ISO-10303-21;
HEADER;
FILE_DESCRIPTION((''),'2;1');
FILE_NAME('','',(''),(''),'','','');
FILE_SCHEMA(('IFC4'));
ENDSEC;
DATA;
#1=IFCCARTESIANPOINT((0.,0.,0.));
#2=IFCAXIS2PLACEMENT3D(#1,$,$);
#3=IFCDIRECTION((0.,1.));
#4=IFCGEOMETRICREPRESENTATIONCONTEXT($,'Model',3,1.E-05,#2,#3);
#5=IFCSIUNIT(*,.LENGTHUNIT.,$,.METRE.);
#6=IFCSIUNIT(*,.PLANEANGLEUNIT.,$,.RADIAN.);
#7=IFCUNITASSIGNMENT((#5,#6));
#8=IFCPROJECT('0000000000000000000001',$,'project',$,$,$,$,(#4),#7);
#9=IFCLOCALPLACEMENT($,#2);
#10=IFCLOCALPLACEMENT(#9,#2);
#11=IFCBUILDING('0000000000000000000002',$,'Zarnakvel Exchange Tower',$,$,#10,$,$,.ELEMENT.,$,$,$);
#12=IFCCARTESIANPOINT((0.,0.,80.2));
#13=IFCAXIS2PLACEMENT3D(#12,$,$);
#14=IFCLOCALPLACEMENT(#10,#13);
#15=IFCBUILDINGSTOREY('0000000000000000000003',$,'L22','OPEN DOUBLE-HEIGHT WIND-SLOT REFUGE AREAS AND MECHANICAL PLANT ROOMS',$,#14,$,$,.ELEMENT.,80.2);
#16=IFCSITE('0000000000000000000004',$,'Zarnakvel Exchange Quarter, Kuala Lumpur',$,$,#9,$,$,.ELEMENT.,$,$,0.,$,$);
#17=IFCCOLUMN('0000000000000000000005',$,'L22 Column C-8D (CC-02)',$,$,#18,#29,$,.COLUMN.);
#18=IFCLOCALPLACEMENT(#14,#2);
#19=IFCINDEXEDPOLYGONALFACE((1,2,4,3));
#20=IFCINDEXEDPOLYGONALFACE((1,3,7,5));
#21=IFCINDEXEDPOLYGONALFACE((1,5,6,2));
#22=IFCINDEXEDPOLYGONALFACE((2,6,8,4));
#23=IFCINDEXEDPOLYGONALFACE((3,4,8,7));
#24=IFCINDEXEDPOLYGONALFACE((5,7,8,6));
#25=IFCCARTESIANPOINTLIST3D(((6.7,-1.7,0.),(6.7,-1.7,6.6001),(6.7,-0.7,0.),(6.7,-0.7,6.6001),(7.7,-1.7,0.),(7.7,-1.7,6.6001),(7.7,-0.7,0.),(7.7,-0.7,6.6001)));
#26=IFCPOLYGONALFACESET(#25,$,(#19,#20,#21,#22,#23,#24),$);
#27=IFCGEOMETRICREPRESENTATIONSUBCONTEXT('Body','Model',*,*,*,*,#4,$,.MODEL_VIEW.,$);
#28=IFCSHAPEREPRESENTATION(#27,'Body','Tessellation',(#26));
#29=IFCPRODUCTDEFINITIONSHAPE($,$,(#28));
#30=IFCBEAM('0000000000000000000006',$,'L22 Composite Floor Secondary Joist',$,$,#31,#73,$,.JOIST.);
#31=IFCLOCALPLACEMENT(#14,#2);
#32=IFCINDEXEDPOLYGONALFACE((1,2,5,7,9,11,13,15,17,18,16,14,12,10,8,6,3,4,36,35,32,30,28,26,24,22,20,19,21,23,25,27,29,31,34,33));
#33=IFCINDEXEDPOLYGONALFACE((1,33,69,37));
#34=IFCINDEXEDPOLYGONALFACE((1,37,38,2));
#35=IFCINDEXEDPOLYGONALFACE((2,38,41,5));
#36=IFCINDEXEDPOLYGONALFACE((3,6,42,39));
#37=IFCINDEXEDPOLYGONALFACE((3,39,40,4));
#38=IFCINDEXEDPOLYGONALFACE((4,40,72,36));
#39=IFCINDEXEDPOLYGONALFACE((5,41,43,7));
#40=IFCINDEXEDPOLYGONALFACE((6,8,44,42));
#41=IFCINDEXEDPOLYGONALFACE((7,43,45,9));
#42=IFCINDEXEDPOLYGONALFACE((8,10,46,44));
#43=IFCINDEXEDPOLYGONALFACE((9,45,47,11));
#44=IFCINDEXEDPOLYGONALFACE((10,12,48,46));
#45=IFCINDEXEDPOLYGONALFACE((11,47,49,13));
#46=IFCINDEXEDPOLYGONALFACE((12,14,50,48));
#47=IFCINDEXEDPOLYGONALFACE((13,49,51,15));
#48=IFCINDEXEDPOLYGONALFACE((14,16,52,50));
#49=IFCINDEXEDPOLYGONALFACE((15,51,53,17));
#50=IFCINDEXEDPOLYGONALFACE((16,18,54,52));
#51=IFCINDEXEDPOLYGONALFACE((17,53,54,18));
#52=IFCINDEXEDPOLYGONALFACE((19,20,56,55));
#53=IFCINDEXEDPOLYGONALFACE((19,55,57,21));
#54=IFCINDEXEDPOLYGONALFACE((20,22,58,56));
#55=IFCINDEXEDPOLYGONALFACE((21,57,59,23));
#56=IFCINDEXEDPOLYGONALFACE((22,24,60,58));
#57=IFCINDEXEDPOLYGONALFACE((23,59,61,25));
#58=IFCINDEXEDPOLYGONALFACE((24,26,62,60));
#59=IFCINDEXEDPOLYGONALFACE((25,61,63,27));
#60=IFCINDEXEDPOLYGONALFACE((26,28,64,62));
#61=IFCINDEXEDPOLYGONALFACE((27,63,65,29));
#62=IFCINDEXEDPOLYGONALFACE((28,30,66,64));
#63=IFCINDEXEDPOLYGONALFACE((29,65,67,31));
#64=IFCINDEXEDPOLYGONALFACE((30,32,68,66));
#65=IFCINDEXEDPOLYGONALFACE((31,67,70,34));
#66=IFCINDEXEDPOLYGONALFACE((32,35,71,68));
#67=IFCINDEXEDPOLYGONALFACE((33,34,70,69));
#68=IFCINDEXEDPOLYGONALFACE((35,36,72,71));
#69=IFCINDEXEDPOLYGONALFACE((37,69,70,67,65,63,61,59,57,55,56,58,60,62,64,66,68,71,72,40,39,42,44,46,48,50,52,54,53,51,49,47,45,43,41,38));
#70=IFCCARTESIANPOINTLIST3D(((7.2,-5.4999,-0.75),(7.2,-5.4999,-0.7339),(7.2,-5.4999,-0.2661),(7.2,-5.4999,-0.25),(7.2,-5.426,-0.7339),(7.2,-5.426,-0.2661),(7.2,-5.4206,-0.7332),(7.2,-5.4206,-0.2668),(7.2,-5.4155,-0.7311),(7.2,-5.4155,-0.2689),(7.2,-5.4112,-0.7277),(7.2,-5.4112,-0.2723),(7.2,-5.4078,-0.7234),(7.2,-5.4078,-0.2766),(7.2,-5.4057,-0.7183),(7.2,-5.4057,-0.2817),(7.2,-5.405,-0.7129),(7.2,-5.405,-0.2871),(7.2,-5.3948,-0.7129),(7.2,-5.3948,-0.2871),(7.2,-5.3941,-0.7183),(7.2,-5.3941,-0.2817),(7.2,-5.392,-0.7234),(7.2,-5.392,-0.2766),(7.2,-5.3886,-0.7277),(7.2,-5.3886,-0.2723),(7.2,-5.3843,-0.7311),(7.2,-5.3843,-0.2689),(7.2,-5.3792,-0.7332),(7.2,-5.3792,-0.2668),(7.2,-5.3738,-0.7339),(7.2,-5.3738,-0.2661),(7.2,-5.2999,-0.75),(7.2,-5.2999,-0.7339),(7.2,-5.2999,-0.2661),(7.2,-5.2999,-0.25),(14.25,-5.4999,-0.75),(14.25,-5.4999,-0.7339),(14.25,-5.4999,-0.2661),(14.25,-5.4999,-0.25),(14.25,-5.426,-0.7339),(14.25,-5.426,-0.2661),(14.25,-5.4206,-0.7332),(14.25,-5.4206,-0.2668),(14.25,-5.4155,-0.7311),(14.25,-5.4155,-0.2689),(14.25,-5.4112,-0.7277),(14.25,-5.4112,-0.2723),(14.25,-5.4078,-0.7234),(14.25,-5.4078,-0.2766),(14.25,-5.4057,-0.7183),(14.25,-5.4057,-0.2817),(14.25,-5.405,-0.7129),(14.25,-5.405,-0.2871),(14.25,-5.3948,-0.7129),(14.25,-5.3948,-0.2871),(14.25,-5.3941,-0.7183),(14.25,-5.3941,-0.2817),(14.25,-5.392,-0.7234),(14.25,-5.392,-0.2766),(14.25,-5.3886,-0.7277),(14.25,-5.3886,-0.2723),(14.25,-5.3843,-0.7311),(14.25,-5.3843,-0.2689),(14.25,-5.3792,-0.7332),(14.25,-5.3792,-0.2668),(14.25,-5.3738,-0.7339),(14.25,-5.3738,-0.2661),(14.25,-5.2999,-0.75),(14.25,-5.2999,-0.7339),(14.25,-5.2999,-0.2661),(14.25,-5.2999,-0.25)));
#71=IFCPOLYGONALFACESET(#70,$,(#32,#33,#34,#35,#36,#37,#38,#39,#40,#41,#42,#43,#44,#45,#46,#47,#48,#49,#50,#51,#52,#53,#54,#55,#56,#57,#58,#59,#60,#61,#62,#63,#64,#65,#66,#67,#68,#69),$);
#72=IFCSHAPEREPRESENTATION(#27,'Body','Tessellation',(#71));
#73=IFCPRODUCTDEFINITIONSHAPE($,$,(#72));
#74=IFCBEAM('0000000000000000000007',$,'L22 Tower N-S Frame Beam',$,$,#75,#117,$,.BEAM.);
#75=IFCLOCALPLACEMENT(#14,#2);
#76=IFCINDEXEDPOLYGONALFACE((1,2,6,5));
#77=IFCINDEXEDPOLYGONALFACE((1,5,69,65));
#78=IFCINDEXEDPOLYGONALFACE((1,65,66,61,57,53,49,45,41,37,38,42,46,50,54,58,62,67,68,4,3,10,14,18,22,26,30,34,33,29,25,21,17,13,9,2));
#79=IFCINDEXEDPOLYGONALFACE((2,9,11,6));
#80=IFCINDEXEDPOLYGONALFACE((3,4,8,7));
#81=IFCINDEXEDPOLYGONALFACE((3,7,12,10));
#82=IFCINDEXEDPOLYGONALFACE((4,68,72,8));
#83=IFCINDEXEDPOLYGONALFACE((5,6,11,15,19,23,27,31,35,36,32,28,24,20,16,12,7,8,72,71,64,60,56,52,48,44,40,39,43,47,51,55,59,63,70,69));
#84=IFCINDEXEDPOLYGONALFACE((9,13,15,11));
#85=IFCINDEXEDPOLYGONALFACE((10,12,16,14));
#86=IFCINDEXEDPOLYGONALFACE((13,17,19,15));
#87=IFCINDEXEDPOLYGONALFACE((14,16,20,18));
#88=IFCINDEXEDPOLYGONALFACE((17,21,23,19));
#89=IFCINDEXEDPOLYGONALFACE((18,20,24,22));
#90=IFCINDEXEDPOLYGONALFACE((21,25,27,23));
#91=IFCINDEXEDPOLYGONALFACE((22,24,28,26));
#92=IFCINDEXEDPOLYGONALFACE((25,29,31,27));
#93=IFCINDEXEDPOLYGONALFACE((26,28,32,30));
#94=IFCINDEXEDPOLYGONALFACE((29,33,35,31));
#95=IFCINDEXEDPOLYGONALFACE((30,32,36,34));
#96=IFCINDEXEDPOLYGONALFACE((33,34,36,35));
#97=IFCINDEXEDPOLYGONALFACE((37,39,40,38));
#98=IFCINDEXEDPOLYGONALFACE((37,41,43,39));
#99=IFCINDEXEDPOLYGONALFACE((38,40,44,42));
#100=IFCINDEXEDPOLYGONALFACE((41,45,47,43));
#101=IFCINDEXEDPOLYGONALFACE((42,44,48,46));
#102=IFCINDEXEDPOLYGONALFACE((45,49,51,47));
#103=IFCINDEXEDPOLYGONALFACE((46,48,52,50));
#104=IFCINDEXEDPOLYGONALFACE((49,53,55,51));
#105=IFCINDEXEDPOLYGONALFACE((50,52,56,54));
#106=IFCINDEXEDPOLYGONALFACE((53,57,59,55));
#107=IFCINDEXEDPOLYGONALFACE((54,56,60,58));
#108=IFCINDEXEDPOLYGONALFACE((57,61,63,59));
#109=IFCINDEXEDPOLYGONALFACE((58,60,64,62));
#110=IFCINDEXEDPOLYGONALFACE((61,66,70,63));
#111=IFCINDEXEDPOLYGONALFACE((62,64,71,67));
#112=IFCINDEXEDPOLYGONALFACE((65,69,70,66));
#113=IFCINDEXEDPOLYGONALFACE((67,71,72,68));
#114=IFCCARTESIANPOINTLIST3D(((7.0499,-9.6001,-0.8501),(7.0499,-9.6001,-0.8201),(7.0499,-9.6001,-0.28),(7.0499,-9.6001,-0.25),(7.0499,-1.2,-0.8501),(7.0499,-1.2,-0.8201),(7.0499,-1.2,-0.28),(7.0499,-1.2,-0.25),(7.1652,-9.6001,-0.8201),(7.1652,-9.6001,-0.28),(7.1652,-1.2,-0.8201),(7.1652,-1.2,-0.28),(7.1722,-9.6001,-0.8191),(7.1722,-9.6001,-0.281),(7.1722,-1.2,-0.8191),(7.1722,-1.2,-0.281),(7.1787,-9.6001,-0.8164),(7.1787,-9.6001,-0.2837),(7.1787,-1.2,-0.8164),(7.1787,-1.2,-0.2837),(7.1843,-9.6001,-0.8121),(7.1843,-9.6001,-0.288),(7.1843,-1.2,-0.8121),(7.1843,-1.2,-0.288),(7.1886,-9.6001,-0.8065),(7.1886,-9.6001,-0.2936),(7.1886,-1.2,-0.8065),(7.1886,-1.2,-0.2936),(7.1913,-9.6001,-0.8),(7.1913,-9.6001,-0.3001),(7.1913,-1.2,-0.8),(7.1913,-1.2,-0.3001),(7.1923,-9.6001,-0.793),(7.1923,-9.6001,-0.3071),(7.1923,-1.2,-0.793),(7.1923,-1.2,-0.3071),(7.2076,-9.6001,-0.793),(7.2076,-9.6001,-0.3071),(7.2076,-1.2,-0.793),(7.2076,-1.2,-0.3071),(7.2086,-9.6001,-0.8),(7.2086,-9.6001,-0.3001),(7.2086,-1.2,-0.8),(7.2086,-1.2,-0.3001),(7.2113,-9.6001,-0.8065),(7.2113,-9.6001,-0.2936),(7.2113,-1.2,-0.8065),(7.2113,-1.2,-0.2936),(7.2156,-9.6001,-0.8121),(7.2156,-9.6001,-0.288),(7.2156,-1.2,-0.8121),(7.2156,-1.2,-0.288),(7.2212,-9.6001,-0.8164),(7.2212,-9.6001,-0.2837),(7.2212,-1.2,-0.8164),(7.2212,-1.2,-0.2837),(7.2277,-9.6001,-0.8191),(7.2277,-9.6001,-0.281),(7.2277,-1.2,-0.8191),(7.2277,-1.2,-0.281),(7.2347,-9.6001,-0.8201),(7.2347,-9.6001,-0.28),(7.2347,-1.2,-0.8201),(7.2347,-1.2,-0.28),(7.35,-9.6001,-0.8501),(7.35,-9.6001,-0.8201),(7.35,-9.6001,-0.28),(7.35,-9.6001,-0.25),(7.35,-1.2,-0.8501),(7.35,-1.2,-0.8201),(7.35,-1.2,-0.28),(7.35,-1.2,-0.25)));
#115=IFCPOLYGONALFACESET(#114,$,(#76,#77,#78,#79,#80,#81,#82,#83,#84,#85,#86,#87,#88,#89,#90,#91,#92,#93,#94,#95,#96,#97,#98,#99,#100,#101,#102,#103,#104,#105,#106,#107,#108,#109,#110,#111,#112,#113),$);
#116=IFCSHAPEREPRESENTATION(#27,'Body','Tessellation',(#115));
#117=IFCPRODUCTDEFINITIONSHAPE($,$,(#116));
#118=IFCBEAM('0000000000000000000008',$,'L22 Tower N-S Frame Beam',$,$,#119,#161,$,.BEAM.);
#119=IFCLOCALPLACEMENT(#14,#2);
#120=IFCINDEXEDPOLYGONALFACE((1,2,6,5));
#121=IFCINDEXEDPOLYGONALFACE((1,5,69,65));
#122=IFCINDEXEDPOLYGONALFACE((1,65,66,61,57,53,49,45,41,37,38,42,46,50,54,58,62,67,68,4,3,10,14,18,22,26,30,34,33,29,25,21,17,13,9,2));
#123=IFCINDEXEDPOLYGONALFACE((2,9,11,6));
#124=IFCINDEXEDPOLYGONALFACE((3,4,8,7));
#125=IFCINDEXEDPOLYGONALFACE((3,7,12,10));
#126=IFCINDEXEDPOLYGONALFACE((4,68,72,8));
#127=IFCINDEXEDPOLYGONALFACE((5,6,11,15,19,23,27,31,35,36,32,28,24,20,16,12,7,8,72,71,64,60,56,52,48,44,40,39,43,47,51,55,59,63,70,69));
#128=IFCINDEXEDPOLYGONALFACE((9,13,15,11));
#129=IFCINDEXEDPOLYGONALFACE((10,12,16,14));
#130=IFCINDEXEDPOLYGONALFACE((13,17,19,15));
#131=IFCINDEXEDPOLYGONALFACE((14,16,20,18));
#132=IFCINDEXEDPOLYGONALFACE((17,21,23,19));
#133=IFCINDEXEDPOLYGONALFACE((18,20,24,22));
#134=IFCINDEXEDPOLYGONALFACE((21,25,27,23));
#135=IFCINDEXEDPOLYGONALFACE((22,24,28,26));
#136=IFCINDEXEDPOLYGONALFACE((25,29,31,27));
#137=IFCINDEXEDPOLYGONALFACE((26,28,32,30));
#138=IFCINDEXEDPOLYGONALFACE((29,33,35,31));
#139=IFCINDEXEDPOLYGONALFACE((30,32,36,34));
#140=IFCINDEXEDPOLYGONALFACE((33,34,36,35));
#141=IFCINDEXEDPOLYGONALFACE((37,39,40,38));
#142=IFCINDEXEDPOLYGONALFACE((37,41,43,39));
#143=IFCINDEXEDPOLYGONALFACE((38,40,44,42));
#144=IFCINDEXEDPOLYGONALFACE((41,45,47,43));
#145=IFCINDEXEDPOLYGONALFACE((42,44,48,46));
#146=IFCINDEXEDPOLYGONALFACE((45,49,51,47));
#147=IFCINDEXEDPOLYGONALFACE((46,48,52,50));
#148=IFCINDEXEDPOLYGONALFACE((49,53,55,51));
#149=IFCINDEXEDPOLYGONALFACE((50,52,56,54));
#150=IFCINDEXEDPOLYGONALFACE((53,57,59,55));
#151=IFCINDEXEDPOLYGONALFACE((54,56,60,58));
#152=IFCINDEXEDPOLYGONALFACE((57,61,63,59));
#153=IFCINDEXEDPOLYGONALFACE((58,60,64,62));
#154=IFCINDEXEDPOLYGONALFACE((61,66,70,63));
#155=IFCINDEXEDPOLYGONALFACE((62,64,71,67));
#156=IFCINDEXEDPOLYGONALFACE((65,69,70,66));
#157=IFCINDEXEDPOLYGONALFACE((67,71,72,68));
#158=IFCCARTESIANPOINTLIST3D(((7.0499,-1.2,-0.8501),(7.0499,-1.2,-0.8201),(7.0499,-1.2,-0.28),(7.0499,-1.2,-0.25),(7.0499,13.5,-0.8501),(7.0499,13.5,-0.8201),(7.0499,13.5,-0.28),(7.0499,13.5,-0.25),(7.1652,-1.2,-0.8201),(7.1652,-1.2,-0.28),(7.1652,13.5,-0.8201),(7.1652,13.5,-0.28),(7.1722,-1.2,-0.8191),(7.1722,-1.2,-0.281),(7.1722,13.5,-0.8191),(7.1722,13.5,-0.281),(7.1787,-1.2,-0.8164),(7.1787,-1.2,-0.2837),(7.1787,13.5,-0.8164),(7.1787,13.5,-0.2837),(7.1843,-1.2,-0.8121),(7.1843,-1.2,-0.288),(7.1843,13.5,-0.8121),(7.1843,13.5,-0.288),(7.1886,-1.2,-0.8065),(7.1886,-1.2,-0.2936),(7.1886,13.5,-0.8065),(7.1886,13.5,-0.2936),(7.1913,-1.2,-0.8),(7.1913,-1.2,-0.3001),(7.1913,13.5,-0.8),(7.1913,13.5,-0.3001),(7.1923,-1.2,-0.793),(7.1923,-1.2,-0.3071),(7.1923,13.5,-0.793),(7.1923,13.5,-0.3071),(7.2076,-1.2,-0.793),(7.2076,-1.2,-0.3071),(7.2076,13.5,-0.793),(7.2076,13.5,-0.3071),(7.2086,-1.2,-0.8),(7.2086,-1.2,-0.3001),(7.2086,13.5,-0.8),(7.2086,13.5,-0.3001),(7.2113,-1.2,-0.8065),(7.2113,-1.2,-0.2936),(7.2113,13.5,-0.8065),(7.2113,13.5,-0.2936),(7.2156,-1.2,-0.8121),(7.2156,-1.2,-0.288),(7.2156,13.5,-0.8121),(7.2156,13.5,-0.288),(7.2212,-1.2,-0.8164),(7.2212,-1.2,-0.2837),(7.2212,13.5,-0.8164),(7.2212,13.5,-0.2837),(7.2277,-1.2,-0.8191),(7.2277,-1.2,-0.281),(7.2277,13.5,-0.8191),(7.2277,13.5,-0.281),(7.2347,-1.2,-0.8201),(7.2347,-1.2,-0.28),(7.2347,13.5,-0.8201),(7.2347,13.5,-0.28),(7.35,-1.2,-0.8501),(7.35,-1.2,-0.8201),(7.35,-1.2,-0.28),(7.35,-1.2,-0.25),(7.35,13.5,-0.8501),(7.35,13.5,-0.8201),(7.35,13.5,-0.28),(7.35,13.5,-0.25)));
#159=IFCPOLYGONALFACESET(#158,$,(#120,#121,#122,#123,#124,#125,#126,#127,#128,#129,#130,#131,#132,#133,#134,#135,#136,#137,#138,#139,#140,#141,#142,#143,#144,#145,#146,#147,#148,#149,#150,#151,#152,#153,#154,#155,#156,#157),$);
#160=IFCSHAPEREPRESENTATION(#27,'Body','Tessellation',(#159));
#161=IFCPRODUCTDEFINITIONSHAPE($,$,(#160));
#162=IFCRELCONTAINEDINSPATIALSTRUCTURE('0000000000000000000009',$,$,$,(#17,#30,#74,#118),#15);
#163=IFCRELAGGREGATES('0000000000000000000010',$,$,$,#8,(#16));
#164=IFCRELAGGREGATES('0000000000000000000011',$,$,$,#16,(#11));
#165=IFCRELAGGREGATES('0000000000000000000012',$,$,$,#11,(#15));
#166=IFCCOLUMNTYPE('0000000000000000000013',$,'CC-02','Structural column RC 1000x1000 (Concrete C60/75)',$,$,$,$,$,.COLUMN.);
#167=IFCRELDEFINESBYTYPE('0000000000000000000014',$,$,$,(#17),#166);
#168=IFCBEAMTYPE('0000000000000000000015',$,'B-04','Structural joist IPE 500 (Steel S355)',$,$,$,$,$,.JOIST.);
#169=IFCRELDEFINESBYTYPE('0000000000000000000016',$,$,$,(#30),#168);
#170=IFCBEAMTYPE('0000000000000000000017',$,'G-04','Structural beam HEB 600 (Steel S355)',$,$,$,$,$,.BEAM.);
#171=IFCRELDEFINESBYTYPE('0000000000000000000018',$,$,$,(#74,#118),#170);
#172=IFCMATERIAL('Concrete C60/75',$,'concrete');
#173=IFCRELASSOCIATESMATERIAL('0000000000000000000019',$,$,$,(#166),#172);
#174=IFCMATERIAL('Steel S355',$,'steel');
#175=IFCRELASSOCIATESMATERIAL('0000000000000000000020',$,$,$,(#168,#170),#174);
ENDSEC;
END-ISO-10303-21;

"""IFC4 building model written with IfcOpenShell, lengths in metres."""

from ifc_helpers import new_model, si_unit, direction, frame, origin, origin_2d, place, context, subcontext, project, spatial, rectangle, i_section, extrude, material, material_profile, profile_set, type_object, element, save


model = new_model("IFC4")

# Units and contexts
model_context = context("Model", 3, precision=1e-05, world=origin(), true_north=direction((0.0, 1.0)))
body_context = subcontext(model_context, "Body", "Model", "MODEL_VIEW")
ifc_project = project(units=[si_unit("LENGTHUNIT", "METRE"), si_unit("PLANEANGLEUNIT", "RADIAN")], contexts=[model_context])

# Site, building, storey
site_placement = place(None, origin())
site = spatial("IfcSite", under=ifc_project, at=site_placement, Name="Zarnakvel Exchange Quarter, Kuala Lumpur", CompositionType="ELEMENT", RefElevation=0.0)
building_placement = place(site_placement, origin())
building = spatial("IfcBuilding", under=site, at=building_placement, Name="Zarnakvel Exchange Tower", CompositionType="ELEMENT")
storey_placement = place(building_placement, frame((0.0, 0.0, 80.2)))
storey = spatial("IfcBuildingStorey", under=building, at=storey_placement, Name="L22", Description="OPEN DOUBLE-HEIGHT WIND-SLOT REFUGE AREAS AND MECHANICAL PLANT ROOMS", CompositionType="ELEMENT", Elevation=80.2)

# Column
ifc_material_1 = material(Name="Concrete C60/75", Category="concrete")
ifc_material_profile_1 = material_profile(ifc_material_1, rectangle(XDim=1.0, YDim=1.0, at=origin_2d()))
ifc_profile_set_1 = profile_set([ifc_material_profile_1], Name="Concrete C60/75")
column_type = type_object("IfcColumnType", Name="CC-02", Description="Structural column RC 1000x1000 (Concrete C60/75)", PredefinedType="COLUMN", material=ifc_profile_set_1)
column_placement = place(storey_placement, frame((7.2, -1.2, 0.0), z_axis=(0.0, 0.0, 1.0), x_axis=(1.0, 0.0, 0.0)))
element("IfcColumn", 1, at=column_placement, inside=storey, type_object=column_type, Name="L22 Column C-8D (CC-02)", PredefinedType="COLUMN", context=body_context, shape_type="SweptSolid", body=[
    extrude(rectangle(XDim=1.0, YDim=1.0, at=origin_2d()), origin(), (0.0, 0.0, 1.0), 6.6001),
])

# Beams
ifc_material_2 = material(Name="Steel S355", Category="steel")
ifc_material_profile_2 = material_profile(ifc_material_2, i_section(OverallWidth=0.2, OverallDepth=0.5, WebThickness=0.0103, FlangeThickness=0.0161, FilletRadius=0.021, at=origin_2d()))
ifc_profile_set_2 = profile_set([ifc_material_profile_2], Name="Steel S355")
beam_type_1 = type_object("IfcBeamType", Name="B-04", Description="Structural joist IPE 500 (Steel S355)", PredefinedType="JOIST", material=ifc_profile_set_2)
beam_1_placement = place(storey_placement, frame((7.2, -5.3999, -0.5), z_axis=(1.0, 0.0, 0.0), x_axis=(0.0, 1.0, 0.0)))
element("IfcBeam", 2, at=beam_1_placement, inside=storey, type_object=beam_type_1, Name="L22 Composite Floor Secondary Joist", PredefinedType="JOIST", context=body_context, shape_type="SweptSolid", body=[
    extrude(i_section(OverallWidth=0.2, OverallDepth=0.5, WebThickness=0.0103, FlangeThickness=0.0161, FilletRadius=0.021, at=origin_2d()), origin(), (0.0, 0.0, 1.0), 7.05),
])
ifc_material_profile_3 = material_profile(ifc_material_2, i_section(OverallWidth=0.3, OverallDepth=0.6001, WebThickness=0.0154, FlangeThickness=0.03, FilletRadius=0.0271, at=origin_2d()))
ifc_profile_set_3 = profile_set([ifc_material_profile_3], Name="Steel S355")
beam_type_2 = type_object("IfcBeamType", Name="G-04", Description="Structural beam HEB 600 (Steel S355)", PredefinedType="BEAM", material=ifc_profile_set_3)
beam_2_placement = place(storey_placement, frame((7.2, -9.6001, -0.55), z_axis=(0.0, 1.0, 0.0), x_axis=(-1.0, 0.0, 0.0)))
element("IfcBeam", 3, at=beam_2_placement, inside=storey, type_object=beam_type_2, Name="L22 Tower N-S Frame Beam", PredefinedType="BEAM", context=body_context, shape_type="SweptSolid", body=[
    extrude(i_section(OverallWidth=0.3, OverallDepth=0.6001, WebThickness=0.0154, FlangeThickness=0.03, FilletRadius=0.0271, at=origin_2d()), origin(), (0.0, 0.0, 1.0), 8.4001),
])
beam_3_placement = place(storey_placement, frame((7.2, -1.2, -0.55), z_axis=(0.0, 1.0, 0.0), x_axis=(-1.0, 0.0, 0.0)))
element("IfcBeam", 4, at=beam_3_placement, inside=storey, type_object=beam_type_2, Name="L22 Tower N-S Frame Beam", PredefinedType="BEAM", context=body_context, shape_type="SweptSolid", body=[
    extrude(i_section(OverallWidth=0.3, OverallDepth=0.6001, WebThickness=0.0154, FlangeThickness=0.03, FilletRadius=0.0271, at=origin_2d()), origin(), (0.0, 0.0, 1.0), 14.7),
])

save(model, "model.ifc")
